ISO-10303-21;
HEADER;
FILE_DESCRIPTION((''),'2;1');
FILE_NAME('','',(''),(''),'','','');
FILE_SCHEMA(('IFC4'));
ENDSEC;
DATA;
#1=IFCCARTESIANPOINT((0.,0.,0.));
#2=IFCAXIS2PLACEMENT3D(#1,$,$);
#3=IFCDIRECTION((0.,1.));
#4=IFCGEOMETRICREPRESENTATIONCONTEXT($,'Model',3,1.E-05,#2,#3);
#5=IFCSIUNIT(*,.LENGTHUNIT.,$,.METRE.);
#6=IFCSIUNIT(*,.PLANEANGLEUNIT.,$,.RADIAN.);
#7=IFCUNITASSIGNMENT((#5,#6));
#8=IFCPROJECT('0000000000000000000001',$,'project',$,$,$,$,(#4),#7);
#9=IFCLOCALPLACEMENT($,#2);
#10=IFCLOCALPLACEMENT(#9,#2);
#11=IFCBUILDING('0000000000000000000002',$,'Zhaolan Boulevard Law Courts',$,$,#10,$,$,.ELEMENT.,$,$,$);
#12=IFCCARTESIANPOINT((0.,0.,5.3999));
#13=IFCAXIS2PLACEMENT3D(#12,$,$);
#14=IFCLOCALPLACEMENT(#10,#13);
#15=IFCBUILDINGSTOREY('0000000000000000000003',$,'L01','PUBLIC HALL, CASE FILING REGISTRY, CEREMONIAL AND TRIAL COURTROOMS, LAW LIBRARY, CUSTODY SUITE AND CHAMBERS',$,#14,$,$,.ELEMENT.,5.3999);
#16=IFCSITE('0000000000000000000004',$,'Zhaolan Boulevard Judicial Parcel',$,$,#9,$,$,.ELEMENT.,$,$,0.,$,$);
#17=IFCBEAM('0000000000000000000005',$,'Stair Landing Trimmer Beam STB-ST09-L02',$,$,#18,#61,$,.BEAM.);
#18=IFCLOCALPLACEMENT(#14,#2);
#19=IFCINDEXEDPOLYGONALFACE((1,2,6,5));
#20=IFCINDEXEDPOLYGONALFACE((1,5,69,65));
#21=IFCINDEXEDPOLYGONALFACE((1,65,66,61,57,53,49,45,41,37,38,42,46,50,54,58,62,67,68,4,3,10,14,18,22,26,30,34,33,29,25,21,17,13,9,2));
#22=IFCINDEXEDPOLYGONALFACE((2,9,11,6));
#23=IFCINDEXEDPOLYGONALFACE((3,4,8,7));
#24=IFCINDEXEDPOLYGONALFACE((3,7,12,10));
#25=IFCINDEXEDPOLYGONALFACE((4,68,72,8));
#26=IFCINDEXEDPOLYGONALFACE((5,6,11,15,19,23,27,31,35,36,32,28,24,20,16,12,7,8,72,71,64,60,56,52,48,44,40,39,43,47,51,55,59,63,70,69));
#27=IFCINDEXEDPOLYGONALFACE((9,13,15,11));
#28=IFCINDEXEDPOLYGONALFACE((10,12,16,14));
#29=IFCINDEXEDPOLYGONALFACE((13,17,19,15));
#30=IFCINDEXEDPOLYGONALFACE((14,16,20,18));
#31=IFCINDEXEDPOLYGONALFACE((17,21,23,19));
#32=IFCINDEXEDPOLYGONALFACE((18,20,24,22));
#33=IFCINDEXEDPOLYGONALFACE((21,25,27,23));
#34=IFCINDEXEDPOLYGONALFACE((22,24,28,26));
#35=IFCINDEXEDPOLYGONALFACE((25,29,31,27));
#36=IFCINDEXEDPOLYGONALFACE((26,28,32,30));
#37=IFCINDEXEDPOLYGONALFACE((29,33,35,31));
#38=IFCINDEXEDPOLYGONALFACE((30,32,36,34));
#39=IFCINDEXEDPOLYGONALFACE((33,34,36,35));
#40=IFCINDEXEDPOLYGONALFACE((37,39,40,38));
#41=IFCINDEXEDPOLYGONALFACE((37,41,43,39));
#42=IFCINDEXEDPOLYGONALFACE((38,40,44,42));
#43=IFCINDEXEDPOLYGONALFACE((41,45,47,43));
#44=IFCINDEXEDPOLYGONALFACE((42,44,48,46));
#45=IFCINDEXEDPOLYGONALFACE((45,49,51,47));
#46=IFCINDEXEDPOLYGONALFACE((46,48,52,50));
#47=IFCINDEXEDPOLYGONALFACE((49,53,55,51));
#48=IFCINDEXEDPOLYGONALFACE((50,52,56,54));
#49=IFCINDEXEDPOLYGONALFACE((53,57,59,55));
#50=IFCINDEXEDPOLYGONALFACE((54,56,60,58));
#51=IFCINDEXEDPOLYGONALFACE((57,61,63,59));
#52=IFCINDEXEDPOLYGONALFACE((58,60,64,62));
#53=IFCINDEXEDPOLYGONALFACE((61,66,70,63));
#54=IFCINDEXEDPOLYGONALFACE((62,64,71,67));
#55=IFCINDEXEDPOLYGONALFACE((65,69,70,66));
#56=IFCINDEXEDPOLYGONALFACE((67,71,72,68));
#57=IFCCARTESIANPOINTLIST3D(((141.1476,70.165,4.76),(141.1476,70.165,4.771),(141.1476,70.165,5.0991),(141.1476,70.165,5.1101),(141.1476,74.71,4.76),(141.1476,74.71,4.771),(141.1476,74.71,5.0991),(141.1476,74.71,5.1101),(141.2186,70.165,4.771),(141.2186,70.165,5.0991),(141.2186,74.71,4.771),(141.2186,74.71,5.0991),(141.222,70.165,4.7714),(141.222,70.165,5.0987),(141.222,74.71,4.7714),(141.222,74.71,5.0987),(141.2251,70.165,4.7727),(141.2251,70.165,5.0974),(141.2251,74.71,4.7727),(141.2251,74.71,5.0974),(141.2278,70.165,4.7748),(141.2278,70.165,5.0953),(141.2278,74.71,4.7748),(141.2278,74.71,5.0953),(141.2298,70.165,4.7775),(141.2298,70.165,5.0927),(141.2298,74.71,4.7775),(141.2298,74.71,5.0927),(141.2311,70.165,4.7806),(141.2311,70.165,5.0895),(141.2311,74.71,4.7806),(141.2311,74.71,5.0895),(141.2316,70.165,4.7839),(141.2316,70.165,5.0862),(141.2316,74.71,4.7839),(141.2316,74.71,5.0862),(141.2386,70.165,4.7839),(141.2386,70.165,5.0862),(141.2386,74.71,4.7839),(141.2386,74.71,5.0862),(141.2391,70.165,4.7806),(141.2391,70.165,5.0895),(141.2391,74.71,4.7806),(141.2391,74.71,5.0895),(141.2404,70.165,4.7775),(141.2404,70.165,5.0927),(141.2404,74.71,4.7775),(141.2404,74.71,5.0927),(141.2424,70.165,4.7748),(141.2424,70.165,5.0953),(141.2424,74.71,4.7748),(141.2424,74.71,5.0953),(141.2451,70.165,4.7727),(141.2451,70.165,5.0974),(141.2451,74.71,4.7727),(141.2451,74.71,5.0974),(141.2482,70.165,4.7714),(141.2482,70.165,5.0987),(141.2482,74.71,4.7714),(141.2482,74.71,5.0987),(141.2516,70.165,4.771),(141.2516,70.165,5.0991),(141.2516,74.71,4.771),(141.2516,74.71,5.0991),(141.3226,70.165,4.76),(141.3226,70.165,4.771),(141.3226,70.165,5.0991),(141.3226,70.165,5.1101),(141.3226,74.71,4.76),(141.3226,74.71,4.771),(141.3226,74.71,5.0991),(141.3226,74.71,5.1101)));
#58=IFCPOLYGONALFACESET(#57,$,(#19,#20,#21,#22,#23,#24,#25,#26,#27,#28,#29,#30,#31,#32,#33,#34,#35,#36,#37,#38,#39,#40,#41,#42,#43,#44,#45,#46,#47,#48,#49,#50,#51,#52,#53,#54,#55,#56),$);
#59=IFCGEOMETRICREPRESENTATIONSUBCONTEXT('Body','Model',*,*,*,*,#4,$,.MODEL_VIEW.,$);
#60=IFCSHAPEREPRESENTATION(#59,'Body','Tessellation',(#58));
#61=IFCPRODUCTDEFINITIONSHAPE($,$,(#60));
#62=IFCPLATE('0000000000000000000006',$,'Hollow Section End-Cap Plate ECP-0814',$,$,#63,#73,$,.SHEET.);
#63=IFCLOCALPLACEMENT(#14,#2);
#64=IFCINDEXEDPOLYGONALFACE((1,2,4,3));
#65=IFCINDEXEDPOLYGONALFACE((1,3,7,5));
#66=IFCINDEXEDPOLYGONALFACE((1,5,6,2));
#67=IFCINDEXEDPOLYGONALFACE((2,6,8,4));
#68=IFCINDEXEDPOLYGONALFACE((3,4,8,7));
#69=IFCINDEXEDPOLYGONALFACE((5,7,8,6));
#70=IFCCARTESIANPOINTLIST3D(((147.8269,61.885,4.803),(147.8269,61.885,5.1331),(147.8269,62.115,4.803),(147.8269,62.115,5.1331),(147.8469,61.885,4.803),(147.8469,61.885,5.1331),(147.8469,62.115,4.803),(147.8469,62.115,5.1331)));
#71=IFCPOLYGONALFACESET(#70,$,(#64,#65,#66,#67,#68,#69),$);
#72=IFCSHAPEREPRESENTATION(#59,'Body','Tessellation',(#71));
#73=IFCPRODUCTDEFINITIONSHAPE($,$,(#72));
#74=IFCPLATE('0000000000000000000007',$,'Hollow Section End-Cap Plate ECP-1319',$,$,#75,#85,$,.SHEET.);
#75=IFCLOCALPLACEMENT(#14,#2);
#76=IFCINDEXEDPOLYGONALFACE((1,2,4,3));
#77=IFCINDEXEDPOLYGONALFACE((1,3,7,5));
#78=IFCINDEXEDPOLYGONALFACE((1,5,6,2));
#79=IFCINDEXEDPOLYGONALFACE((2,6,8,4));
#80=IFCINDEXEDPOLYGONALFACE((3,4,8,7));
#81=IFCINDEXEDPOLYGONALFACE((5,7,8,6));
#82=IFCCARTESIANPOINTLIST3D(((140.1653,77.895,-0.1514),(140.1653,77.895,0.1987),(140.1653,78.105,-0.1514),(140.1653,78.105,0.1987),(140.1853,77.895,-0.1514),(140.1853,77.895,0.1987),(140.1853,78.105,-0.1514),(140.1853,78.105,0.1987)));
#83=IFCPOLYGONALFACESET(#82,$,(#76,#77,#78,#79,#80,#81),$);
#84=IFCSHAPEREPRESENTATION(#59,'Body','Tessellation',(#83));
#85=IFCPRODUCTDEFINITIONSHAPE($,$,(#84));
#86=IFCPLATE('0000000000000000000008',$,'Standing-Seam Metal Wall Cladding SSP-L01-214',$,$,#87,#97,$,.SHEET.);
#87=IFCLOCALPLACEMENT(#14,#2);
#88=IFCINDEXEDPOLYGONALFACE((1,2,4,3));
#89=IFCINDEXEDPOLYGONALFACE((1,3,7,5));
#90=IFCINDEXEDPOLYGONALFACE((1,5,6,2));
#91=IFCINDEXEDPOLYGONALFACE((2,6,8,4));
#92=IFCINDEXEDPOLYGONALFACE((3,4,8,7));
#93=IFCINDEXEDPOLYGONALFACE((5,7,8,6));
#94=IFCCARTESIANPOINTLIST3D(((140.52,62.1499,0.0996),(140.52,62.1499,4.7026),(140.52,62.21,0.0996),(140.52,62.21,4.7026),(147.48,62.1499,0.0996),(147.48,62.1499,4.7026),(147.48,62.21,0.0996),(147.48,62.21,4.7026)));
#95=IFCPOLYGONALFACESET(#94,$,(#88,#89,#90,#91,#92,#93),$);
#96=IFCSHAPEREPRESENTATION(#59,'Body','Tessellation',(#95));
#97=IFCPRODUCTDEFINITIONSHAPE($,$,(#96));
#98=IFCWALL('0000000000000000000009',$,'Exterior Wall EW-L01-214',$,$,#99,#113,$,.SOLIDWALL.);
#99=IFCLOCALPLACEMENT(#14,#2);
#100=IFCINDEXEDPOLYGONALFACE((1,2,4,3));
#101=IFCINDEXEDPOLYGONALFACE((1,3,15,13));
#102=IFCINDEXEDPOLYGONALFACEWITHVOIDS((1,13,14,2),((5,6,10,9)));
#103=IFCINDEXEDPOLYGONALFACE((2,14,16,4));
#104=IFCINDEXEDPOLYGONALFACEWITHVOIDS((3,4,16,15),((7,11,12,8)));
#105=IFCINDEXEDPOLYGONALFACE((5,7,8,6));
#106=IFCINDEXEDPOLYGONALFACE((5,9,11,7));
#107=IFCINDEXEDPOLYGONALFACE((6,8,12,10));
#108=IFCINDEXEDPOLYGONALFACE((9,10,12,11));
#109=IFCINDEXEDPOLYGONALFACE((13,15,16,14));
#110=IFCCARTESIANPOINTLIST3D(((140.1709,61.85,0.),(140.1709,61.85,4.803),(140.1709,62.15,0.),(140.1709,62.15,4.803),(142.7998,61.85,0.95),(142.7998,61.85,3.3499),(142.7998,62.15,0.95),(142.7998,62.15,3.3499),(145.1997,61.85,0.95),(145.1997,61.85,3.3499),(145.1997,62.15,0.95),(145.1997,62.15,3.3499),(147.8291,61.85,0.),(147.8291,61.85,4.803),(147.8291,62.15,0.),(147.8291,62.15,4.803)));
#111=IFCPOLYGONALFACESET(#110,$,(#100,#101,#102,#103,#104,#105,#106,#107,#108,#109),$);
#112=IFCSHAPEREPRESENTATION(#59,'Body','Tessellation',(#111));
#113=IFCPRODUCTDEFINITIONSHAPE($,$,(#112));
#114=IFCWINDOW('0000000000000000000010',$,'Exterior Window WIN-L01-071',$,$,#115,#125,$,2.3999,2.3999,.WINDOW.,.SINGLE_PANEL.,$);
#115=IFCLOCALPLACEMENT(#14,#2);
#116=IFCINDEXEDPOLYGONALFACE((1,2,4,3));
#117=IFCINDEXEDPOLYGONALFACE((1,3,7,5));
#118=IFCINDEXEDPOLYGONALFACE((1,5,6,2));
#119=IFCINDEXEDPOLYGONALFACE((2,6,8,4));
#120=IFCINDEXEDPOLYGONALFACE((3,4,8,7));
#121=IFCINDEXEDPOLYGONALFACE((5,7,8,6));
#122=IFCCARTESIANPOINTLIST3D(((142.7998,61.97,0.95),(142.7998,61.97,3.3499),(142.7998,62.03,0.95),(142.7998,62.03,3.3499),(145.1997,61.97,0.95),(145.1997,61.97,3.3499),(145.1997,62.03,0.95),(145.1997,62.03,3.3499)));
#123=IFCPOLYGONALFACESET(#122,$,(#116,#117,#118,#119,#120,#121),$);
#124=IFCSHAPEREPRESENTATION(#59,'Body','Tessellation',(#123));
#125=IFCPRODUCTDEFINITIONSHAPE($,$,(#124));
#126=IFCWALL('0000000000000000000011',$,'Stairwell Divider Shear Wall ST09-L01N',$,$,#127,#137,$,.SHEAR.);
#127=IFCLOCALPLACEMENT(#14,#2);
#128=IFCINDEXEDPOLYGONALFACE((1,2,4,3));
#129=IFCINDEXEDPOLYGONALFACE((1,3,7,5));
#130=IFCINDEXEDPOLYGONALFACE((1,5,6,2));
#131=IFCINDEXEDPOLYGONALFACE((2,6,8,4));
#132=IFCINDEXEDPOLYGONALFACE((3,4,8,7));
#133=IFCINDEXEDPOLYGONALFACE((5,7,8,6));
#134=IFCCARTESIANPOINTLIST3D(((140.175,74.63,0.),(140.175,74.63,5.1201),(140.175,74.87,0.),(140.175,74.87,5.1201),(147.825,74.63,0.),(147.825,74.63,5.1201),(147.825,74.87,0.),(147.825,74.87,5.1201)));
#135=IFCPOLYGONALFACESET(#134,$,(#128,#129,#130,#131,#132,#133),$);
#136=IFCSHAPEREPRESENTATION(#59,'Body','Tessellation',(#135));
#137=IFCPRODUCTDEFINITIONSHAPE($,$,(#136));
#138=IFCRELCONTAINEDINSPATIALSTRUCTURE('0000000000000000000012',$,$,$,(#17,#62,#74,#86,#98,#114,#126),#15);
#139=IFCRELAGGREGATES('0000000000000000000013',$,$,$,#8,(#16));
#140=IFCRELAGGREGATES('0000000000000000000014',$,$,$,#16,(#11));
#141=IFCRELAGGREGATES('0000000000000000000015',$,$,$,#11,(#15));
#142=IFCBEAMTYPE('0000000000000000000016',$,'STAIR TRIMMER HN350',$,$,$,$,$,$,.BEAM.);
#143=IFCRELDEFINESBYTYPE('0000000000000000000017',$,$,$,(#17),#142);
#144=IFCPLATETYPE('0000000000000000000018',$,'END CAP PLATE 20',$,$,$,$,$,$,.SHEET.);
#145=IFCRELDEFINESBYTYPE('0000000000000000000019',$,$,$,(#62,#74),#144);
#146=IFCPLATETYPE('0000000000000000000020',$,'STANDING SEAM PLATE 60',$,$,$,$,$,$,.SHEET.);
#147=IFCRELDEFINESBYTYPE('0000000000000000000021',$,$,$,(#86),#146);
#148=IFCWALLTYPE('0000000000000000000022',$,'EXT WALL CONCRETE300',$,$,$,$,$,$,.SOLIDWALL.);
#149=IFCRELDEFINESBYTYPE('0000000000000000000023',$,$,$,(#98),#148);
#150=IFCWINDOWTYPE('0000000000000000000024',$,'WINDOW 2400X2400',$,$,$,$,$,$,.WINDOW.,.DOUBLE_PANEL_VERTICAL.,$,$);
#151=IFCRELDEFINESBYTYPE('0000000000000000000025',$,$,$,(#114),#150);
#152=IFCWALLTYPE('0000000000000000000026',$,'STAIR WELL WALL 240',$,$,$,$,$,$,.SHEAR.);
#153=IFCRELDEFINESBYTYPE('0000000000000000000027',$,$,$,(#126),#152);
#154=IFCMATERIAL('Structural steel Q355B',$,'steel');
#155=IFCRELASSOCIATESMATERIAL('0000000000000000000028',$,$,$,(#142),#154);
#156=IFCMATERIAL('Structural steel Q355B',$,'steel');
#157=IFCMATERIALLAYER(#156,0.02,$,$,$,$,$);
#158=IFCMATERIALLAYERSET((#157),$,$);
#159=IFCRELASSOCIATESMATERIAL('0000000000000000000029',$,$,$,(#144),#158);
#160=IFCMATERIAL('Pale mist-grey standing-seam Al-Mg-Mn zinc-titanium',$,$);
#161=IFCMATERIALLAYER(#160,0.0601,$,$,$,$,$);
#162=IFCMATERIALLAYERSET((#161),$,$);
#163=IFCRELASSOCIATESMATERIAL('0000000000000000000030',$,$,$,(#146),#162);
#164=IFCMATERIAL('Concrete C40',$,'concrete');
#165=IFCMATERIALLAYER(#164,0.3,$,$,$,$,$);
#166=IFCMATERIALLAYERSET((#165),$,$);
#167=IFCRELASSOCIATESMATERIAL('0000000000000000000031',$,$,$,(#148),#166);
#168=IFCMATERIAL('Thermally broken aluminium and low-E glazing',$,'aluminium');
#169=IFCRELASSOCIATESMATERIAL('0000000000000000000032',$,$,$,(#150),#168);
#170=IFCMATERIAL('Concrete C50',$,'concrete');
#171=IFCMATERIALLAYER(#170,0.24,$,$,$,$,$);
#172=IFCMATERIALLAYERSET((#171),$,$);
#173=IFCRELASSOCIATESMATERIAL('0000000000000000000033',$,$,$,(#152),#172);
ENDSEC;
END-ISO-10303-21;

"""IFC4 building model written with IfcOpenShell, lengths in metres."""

from ifc_helpers import new_model, si_unit, direction, frame, frame_2d, origin, origin_2d, place, context, subcontext, project, spatial, rectangle, i_section, extrude, material, layer, layer_set, material_profile, profile_set, type_object, element, fill, save


model = new_model("IFC4")

# Units and contexts
model_context = context("Model", 3, precision=1e-05, world=origin(), true_north=direction((0.0, 1.0)))
body_context = subcontext(model_context, "Body", "Model", "MODEL_VIEW")
ifc_project = project(units=[si_unit("LENGTHUNIT", "METRE"), si_unit("PLANEANGLEUNIT", "RADIAN")], contexts=[model_context])

# Site, building, storey
site_placement = place(None, origin())
site = spatial("IfcSite", under=ifc_project, at=site_placement, Name="Zhaolan Boulevard Judicial Parcel", CompositionType="ELEMENT", RefElevation=0.0)
building_placement = place(site_placement, origin())
building = spatial("IfcBuilding", under=site, at=building_placement, Name="Zhaolan Boulevard Law Courts", CompositionType="ELEMENT")
storey_placement = place(building_placement, frame((0.0, 0.0, 5.3999)))
storey = spatial("IfcBuildingStorey", under=building, at=storey_placement, Name="L01", Description="PUBLIC HALL, CASE FILING REGISTRY, CEREMONIAL AND TRIAL COURTROOMS, LAW LIBRARY, CUSTODY SUITE AND CHAMBERS", CompositionType="ELEMENT", Elevation=5.3999)

# Beam
ifc_material_1 = material(Name="Structural steel Q355B", Category="steel")
ifc_material_profile_1 = material_profile(ifc_material_1, i_section(OverallWidth=0.175, OverallDepth=0.3501, WebThickness=0.0071, FlangeThickness=0.011, FilletRadius=0.0129, at=origin_2d()), Name="HN350x175")
ifc_profile_set_1 = profile_set([ifc_material_profile_1], Name="Structural steel Q355B")
beam_type_1 = type_object("IfcBeamType", Name="STAIR TRIMMER HN350", PredefinedType="BEAM", material=ifc_profile_set_1)
beam_1_placement = place(storey_placement, frame((141.2351, 70.165, 4.9351), z_axis=(0.0, 1.0, 0.0), x_axis=(-1.0, 0.0, 0.0)))
element("IfcBeam", 1, at=beam_1_placement, inside=storey, type_object=beam_type_1, Name="Stair Landing Trimmer Beam STB-ST09-L02", PredefinedType="BEAM", context=body_context, shape_type="SweptSolid", body=[
    extrude(i_section(OverallWidth=0.175, OverallDepth=0.3501, WebThickness=0.0071, FlangeThickness=0.011, FilletRadius=0.0129, at=origin_2d()), origin(), (0.0, 0.0, 1.0), 4.5449),
])

# Plates
ifc_material_2 = material(Name="Structural steel Q355B", Category="steel")
ifc_layer_1 = layer(ifc_material_2, 0.02)
ifc_layer_set_1 = layer_set([ifc_layer_1])
plate_type_1 = type_object("IfcPlateType", Name="END CAP PLATE 20", PredefinedType="SHEET", material=ifc_layer_set_1)
plate_1_placement = place(storey_placement, frame((147.8369, 62.0, 4.803), z_axis=(0.0, 0.0, 1.0), x_axis=(1.0, 0.0, 0.0)))
element("IfcPlate", 2, at=plate_1_placement, inside=storey, type_object=plate_type_1, Name="Hollow Section End-Cap Plate ECP-0814", PredefinedType="SHEET", context=body_context, shape_type="SweptSolid", body=[
    extrude(rectangle(XDim=0.02, YDim=0.23, at=origin_2d()), origin(), (0.0, 0.0, 1.0), 0.3301),
])
plate_2_placement = place(storey_placement, frame((140.1753, 78.0, -0.1514), z_axis=(0.0, 0.0, 1.0), x_axis=(1.0, 0.0, 0.0)))
element("IfcPlate", 3, at=plate_2_placement, inside=storey, type_object=plate_type_1, Name="Hollow Section End-Cap Plate ECP-1319", PredefinedType="SHEET", context=body_context, shape_type="SweptSolid", body=[
    extrude(rectangle(XDim=0.02, YDim=0.21, at=origin_2d()), origin(), (0.0, 0.0, 1.0), 0.3501),
])
ifc_material_3 = material(Name="Pale mist-grey standing-seam Al-Mg-Mn zinc-titanium")
ifc_layer_2 = layer(ifc_material_3, 0.0601)
ifc_layer_set_2 = layer_set([ifc_layer_2])
plate_type_2 = type_object("IfcPlateType", Name="STANDING SEAM PLATE 60", PredefinedType="SHEET", material=ifc_layer_set_2)
plate_3_placement = place(storey_placement, frame((144.0, 62.1799, 0.0996), z_axis=(0.0, 0.0, 1.0), x_axis=(1.0, 0.0, 0.0)))
element("IfcPlate", 4, at=plate_3_placement, inside=storey, type_object=plate_type_2, Name="Standing-Seam Metal Wall Cladding SSP-L01-214", PredefinedType="SHEET", context=body_context, shape_type="SweptSolid", body=[
    extrude(rectangle(XDim=6.96, YDim=0.0601, at=origin_2d()), origin(), (0.0, 0.0, 1.0), 4.603),
])

# Wall, opening, window
ifc_material_4 = material(Name="Concrete C40", Category="concrete")
ifc_layer_3 = layer(ifc_material_4, 0.3)
ifc_layer_set_3 = layer_set([ifc_layer_3])
wall_type_1 = type_object("IfcWallType", Name="EXT WALL CONCRETE300", PredefinedType="SOLIDWALL", material=ifc_layer_set_3)
wall_1_placement = place(storey_placement, frame((140.1709, 62.0, 0.0), z_axis=(0.0, 0.0, 1.0), x_axis=(1.0, 0.0, 0.0)))
wall_1 = element("IfcWall", 5, at=wall_1_placement, inside=storey, type_object=wall_type_1, Name="Exterior Wall EW-L01-214", PredefinedType="SOLIDWALL", context=body_context, shape_type="SweptSolid", body=[
    extrude(rectangle(XDim=7.6582, YDim=0.3, at=frame_2d((3.8291, 0.0))), origin(), (0.0, 0.0, 1.0), 4.803),
])
opening_placement = place(wall_1_placement, frame((2.6289, 0.0, 0.95)))
opening = element("IfcOpeningElement", 6, at=opening_placement, cuts=wall_1, PredefinedType="OPENING", context=body_context, shape_type="SweptSolid", body=[
    extrude(rectangle(XDim=2.3999, YDim=2.3999, at=frame_2d((1.2, 1.2))), frame((0.0, 0.1599, 0.0), z_axis=(0.0, -1.0, 0.0), x_axis=(1.0, 0.0, 0.0)), (0.0, 0.0, 1.0), 0.3201),
])
ifc_material_5 = material(Name="Thermally broken aluminium and low-E glazing", Category="aluminium")
window_type = type_object("IfcWindowType", Name="WINDOW 2400X2400", PartitioningType="DOUBLE_PANEL_VERTICAL", PredefinedType="WINDOW", material=ifc_material_5)
window_placement = place(opening_placement, origin())
window = element("IfcWindow", 7, at=window_placement, inside=storey, type_object=window_type, Name="Exterior Window WIN-L01-071", OverallHeight=2.3999, OverallWidth=2.3999, PartitioningType="SINGLE_PANEL", PredefinedType="WINDOW", context=body_context, shape_type="SweptSolid", body=[
    extrude(rectangle(XDim=2.3999, YDim=2.3999, at=frame_2d((1.2, 1.2))), frame((0.0, 0.03, 0.0), z_axis=(0.0, -1.0, 0.0), x_axis=(1.0, 0.0, 0.0)), (0.0, 0.0, 1.0), 0.0601),
])
fill(opening, window)

# Wall
ifc_material_6 = material(Name="Concrete C50", Category="concrete")
ifc_layer_4 = layer(ifc_material_6, 0.24)
ifc_layer_set_4 = layer_set([ifc_layer_4])
wall_type_2 = type_object("IfcWallType", Name="STAIR WELL WALL 240", PredefinedType="SHEAR", material=ifc_layer_set_4)
wall_2_placement = place(storey_placement, frame((140.175, 74.75, 0.0), z_axis=(0.0, 0.0, 1.0), x_axis=(1.0, 0.0, 0.0)))
element("IfcWall", 8, at=wall_2_placement, inside=storey, type_object=wall_type_2, Name="Stairwell Divider Shear Wall ST09-L01N", PredefinedType="SHEAR", context=body_context, shape_type="SweptSolid", body=[
    extrude(rectangle(XDim=7.6499, YDim=0.24, at=frame_2d((3.825, 0.0))), origin(), (0.0, 0.0, 1.0), 5.1201),
])

save(model, "model.ifc")
